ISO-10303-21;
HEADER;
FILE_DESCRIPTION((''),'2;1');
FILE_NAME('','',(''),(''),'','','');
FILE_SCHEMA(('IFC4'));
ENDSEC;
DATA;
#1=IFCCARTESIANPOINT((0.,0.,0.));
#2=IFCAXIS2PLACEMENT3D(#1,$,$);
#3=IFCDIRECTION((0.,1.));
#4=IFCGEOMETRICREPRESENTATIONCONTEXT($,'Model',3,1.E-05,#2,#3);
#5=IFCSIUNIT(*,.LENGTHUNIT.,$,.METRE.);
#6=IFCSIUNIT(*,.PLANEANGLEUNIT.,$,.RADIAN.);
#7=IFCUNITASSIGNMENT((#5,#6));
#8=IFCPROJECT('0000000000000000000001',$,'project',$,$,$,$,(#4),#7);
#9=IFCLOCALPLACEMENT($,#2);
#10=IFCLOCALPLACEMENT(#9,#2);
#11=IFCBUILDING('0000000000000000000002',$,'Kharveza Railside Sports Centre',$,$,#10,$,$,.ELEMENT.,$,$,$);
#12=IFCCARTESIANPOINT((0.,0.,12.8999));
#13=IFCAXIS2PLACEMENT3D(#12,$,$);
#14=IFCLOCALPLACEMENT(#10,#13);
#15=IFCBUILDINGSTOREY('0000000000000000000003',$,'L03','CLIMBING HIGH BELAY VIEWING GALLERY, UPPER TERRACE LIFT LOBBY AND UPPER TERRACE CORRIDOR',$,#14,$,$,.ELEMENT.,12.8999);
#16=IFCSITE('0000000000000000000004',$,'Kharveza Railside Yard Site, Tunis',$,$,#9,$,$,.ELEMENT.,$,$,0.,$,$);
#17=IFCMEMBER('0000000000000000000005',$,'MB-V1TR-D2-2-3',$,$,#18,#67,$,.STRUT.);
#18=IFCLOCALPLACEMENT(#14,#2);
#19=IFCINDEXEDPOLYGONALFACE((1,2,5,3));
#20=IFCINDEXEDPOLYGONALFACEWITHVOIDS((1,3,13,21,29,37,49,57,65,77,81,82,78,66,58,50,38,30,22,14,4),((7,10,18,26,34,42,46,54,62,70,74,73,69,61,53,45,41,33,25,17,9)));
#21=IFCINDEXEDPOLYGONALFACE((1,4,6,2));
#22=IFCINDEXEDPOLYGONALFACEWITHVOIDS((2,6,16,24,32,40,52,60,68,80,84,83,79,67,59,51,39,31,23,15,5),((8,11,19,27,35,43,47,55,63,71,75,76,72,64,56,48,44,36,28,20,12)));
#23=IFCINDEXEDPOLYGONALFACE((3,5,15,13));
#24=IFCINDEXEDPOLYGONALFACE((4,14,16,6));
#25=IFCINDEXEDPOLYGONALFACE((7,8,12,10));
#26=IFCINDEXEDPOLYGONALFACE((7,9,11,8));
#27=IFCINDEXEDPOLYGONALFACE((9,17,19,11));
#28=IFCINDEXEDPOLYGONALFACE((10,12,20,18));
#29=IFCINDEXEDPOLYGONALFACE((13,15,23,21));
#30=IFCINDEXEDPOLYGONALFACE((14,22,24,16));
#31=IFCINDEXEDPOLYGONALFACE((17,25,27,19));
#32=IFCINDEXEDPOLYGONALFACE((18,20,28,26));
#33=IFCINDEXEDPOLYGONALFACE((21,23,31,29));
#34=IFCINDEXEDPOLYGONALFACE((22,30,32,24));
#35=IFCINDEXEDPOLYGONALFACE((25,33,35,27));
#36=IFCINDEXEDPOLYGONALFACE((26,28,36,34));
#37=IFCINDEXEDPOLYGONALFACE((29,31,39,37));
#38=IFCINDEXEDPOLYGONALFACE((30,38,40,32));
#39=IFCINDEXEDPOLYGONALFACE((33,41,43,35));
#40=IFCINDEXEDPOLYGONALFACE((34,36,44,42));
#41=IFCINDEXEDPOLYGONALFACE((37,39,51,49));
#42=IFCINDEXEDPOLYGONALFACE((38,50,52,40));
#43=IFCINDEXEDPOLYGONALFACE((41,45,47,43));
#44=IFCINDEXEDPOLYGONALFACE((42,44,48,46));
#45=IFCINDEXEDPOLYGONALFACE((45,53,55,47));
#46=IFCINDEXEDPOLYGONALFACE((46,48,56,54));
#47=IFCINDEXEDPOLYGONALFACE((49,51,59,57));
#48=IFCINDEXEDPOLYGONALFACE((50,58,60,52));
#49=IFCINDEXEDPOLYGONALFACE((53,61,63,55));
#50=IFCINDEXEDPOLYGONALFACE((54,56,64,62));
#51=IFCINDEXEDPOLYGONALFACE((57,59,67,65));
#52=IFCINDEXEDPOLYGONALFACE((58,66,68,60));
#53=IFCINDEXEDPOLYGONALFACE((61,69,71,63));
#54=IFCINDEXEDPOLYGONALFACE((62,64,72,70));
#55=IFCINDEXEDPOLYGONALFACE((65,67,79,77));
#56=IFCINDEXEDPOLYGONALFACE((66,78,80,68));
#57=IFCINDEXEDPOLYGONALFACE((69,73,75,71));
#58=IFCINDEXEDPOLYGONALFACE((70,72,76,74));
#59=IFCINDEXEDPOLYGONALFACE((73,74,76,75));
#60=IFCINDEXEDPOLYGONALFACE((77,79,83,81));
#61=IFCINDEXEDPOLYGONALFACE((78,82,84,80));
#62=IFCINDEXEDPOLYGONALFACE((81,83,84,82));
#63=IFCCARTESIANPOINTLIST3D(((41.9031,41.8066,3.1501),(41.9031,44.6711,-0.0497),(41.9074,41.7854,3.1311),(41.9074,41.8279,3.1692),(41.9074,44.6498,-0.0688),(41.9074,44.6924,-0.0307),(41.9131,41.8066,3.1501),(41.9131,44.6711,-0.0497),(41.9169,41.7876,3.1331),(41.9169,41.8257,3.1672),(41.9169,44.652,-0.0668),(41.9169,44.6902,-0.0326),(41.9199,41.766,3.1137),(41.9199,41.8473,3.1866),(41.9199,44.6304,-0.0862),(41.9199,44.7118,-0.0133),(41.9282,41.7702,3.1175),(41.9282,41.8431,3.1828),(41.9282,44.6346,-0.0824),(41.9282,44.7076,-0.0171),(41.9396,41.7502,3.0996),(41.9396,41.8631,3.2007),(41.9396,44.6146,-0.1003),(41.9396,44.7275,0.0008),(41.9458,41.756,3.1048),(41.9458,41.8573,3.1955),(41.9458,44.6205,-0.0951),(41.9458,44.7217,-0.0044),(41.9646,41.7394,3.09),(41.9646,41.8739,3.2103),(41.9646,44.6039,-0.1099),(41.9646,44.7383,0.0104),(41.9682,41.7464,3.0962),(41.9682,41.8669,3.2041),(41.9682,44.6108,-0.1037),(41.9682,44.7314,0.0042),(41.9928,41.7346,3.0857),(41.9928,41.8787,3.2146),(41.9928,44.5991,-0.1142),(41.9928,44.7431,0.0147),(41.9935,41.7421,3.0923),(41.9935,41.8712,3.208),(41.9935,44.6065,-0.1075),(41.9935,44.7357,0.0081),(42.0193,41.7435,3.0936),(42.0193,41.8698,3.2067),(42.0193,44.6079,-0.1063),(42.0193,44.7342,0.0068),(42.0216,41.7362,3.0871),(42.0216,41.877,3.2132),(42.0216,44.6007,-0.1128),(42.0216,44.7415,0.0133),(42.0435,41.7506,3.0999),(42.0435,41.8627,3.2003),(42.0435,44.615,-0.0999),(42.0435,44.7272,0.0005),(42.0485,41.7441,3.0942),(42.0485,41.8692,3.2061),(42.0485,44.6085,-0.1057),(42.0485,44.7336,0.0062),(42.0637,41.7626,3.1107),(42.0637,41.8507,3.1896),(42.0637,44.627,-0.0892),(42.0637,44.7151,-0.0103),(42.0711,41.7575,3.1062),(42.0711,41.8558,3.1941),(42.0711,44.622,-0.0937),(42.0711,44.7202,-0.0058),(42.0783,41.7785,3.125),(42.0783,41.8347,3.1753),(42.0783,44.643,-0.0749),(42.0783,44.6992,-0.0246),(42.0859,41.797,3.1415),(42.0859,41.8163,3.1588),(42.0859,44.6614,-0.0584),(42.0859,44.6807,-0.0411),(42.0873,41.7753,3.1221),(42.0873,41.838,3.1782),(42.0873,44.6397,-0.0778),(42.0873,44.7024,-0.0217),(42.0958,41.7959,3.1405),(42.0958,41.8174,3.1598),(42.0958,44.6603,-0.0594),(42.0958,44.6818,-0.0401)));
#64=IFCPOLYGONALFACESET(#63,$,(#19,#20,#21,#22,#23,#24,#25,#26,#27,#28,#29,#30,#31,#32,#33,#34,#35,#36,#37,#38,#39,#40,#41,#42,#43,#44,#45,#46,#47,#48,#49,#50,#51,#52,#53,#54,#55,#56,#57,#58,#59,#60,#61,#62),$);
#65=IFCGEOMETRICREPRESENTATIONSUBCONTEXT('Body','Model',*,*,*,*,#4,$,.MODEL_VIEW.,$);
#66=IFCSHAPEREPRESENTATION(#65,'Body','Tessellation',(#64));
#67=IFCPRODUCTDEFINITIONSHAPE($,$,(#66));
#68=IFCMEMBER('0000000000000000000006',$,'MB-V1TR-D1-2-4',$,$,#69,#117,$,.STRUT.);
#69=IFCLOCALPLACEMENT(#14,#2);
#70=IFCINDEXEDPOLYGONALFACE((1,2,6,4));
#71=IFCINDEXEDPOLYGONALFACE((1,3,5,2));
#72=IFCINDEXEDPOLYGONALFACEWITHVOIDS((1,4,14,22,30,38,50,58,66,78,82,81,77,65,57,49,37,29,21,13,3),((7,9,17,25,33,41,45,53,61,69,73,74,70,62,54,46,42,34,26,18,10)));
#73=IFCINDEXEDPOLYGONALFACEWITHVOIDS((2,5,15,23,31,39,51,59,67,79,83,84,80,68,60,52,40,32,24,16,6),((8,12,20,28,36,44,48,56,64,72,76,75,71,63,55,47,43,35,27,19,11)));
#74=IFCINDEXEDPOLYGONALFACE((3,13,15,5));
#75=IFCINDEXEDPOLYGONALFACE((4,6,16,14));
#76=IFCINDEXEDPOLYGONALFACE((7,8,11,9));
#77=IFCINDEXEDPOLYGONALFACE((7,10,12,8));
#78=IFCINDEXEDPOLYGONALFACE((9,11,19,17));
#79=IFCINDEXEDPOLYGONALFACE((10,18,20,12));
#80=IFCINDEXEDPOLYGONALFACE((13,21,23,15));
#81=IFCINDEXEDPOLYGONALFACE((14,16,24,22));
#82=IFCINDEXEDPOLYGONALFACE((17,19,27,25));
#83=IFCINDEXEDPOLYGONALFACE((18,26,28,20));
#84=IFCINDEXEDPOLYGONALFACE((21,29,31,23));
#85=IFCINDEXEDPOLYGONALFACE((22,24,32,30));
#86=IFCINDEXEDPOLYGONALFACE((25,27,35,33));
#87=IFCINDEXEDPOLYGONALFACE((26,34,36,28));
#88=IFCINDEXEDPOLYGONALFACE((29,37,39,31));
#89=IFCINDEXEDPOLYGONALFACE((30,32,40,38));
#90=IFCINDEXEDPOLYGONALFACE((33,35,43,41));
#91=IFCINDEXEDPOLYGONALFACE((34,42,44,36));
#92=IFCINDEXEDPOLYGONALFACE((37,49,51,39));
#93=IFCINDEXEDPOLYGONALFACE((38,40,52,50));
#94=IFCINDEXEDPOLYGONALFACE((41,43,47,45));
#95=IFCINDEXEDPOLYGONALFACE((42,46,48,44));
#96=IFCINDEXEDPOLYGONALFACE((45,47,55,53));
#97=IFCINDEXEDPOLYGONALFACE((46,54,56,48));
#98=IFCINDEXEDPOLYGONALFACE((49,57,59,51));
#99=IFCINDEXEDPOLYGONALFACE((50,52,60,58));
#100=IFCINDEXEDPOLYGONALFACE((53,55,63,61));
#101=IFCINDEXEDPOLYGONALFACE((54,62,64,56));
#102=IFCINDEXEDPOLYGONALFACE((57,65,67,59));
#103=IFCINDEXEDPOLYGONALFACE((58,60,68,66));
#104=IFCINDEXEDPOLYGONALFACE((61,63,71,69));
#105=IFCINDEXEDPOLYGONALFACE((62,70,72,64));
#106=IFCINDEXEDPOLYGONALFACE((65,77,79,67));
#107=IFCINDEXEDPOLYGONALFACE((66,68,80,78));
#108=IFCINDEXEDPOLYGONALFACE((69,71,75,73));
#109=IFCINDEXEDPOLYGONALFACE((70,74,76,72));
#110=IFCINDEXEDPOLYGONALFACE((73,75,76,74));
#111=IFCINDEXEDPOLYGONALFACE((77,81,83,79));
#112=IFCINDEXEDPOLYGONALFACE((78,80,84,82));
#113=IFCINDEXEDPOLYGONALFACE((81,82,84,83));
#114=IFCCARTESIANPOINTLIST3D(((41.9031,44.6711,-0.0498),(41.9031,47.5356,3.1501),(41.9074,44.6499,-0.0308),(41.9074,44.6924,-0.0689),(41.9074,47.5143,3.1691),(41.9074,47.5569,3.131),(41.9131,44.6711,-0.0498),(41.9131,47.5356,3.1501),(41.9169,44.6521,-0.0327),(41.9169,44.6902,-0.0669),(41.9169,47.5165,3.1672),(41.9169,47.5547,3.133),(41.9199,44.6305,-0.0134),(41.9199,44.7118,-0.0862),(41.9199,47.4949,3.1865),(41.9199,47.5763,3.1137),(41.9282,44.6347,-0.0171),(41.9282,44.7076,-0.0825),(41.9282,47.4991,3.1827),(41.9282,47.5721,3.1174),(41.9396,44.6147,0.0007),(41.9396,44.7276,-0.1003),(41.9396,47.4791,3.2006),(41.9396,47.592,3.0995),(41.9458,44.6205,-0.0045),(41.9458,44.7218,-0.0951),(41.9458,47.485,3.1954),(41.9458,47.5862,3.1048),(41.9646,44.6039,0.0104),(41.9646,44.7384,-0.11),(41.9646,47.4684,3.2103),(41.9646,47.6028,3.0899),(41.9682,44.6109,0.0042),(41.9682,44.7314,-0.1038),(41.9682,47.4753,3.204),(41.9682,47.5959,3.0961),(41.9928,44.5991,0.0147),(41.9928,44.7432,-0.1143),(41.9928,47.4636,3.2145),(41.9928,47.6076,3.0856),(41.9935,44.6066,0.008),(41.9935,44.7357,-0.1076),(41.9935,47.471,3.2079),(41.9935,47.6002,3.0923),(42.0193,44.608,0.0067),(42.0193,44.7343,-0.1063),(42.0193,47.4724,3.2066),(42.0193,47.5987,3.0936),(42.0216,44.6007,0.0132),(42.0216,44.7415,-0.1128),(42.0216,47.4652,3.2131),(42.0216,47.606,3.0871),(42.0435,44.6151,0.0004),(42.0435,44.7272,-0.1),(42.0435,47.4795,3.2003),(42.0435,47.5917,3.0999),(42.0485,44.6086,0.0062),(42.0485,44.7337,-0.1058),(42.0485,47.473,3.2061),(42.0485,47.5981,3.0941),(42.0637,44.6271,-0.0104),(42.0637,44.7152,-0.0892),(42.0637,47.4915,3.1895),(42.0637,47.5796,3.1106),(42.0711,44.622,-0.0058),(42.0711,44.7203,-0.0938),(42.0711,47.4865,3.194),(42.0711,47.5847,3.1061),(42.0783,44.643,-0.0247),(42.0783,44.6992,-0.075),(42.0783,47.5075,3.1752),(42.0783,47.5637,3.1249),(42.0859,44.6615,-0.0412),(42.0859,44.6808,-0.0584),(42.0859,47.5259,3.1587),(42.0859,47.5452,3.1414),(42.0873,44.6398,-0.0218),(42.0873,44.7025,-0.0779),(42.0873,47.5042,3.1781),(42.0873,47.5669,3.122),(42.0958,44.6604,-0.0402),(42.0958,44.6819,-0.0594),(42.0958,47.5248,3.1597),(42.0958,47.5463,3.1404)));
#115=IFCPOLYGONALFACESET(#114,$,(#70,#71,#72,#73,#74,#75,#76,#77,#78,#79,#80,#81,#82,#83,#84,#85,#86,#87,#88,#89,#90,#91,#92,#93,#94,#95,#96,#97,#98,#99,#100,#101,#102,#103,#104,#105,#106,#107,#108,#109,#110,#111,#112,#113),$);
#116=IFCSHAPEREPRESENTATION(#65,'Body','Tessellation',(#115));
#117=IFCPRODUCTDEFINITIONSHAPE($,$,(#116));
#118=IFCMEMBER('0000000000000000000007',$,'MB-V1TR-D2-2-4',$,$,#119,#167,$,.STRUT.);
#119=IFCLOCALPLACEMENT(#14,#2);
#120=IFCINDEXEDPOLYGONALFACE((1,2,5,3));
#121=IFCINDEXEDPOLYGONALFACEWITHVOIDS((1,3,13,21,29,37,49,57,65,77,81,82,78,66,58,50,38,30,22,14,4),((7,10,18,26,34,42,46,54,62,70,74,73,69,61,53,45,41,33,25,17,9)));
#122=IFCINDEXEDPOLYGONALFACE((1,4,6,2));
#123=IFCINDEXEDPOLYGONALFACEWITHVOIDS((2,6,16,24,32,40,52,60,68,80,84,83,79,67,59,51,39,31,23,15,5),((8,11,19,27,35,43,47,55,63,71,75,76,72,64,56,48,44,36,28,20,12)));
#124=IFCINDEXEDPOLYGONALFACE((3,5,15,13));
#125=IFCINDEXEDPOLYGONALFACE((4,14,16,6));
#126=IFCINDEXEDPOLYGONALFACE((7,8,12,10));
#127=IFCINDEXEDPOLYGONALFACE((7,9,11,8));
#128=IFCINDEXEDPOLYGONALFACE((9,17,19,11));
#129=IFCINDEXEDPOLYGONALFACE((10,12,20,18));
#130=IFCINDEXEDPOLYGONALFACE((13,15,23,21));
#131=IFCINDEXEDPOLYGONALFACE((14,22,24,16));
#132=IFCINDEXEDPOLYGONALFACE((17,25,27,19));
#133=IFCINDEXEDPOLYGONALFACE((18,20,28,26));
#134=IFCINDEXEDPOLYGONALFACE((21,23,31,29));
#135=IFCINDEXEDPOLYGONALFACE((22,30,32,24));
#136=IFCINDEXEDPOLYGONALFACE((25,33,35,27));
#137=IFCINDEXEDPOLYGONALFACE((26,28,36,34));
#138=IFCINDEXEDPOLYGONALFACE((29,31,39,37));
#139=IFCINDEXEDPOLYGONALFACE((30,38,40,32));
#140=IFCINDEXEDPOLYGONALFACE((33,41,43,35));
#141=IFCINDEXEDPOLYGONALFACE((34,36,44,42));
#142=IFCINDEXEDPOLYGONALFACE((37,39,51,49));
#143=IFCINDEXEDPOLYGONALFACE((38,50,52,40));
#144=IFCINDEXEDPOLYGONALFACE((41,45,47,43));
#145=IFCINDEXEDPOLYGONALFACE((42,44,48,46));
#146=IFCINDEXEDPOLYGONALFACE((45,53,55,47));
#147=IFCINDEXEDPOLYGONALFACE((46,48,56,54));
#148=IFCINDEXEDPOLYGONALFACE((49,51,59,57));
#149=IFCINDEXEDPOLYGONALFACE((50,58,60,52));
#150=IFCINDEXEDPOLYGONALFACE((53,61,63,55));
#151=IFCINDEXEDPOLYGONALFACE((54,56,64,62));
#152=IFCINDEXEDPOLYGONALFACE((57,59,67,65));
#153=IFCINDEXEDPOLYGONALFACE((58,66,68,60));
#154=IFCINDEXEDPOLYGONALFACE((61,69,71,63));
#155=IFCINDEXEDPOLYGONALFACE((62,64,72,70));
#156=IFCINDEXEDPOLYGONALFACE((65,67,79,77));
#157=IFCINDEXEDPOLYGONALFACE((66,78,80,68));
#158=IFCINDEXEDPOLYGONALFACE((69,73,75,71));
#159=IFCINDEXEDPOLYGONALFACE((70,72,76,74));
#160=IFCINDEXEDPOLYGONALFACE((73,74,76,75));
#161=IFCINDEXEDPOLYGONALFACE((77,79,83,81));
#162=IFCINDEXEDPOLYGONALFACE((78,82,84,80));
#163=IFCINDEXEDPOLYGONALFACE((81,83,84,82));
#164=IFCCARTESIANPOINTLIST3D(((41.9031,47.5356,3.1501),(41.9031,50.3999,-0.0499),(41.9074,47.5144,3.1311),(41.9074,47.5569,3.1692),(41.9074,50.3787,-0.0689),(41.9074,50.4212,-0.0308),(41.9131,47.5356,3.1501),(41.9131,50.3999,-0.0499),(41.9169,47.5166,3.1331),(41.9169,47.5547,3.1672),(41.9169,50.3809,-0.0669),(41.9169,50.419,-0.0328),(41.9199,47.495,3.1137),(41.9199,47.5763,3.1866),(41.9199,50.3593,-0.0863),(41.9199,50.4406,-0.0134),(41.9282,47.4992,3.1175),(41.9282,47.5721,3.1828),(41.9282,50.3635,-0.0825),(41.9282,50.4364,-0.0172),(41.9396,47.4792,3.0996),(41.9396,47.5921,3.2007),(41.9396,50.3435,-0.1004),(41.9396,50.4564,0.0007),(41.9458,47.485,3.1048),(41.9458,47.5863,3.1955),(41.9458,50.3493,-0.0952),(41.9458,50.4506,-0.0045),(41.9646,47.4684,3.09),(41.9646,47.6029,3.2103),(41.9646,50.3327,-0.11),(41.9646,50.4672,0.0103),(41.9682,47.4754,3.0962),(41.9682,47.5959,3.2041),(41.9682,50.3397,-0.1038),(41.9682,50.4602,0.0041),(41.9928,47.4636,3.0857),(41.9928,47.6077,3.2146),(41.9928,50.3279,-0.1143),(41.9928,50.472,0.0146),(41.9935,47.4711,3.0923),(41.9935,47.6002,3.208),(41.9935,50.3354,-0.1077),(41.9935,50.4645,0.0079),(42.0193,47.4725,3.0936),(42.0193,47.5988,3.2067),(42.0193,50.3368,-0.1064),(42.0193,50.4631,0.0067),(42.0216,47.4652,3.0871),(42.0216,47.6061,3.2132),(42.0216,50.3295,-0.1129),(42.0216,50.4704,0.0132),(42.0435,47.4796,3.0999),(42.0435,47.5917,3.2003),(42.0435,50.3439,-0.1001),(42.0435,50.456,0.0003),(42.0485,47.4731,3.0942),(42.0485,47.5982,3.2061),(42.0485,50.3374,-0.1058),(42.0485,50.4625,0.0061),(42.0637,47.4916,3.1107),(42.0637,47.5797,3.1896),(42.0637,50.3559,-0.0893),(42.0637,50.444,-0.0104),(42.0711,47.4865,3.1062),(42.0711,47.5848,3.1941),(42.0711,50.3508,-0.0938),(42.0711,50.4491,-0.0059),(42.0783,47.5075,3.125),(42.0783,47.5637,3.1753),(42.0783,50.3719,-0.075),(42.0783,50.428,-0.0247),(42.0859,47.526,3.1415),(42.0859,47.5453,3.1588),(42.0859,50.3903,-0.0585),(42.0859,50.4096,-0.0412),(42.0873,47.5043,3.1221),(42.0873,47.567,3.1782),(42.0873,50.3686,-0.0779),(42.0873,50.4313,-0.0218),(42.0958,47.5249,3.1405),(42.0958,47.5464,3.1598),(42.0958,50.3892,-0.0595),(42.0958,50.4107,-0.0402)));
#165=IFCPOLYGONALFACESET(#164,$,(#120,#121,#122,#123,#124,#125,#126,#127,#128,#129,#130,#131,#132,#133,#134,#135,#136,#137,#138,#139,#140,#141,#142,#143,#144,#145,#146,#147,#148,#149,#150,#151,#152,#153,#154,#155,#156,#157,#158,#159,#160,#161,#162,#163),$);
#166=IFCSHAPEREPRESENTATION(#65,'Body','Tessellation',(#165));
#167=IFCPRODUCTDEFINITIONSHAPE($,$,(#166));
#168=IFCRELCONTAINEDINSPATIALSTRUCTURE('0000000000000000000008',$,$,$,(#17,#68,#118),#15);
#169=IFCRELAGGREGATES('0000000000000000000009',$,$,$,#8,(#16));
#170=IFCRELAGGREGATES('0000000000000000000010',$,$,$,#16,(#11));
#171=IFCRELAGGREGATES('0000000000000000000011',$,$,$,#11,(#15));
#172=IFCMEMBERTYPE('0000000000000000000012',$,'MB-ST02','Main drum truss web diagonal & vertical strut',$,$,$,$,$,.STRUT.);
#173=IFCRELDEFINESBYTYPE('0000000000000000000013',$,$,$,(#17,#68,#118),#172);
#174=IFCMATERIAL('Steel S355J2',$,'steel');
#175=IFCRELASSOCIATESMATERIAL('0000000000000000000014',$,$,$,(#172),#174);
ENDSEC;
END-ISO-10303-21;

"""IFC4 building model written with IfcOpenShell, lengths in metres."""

from ifc_helpers import new_model, si_unit, direction, frame, origin, origin_2d, place, context, subcontext, project, spatial, hollow_circle, extrude, material, material_profile, profile_set, type_object, element, save


model = new_model("IFC4")

# Units and contexts
model_context = context("Model", 3, precision=1e-05, world=origin(), true_north=direction((0.0, 1.0)))
body_context = subcontext(model_context, "Body", "Model", "MODEL_VIEW")
ifc_project = project(units=[si_unit("LENGTHUNIT", "METRE"), si_unit("PLANEANGLEUNIT", "RADIAN")], contexts=[model_context])

# Site, building, storey
site_placement = place(None, origin())
site = spatial("IfcSite", under=ifc_project, at=site_placement, Name="Kharveza Railside Yard Site, Tunis", CompositionType="ELEMENT", RefElevation=0.0)
building_placement = place(site_placement, origin())
building = spatial("IfcBuilding", under=site, at=building_placement, Name="Kharveza Railside Sports Centre", CompositionType="ELEMENT")
storey_placement = place(building_placement, frame((0.0, 0.0, 12.8999)))
storey = spatial("IfcBuildingStorey", under=building, at=storey_placement, Name="L03", Description="CLIMBING HIGH BELAY VIEWING GALLERY, UPPER TERRACE LIFT LOBBY AND UPPER TERRACE CORRIDOR", CompositionType="ELEMENT", Elevation=12.8999)

# Members
ifc_material = material(Name="Steel S355J2", Category="steel")
ifc_material_profile_1 = material_profile(ifc_material, hollow_circle(Radius=0.0969, WallThickness=0.01, at=origin_2d()), Name="CHS 193.7x10.0")
ifc_profile_set_1 = profile_set([ifc_material_profile_1], Name="Steel S355J2")
member_type_1 = type_object("IfcMemberType", Name="MB-ST02", Description="Main drum truss web diagonal & vertical strut", PredefinedType="STRUT", material=ifc_profile_set_1)
for number, where, z_axis, x_axis, name in (
    (1, (42.0, 41.8066, 3.1501), (0.0, 0.666974, -0.745081), (-1.0, 0.0, 0.0), "MB-V1TR-D2-2-3"),
    (2, (42.0, 44.6711, -0.0498), (0.0, 0.666974, 0.745081), (-1.0, 0.0, 0.0), "MB-V1TR-D1-2-4"),
    (3, (42.0, 47.5356, 3.1501), (0.0, 0.666943, -0.745109), (-1.0, 0.0, 0.0), "MB-V1TR-D2-2-4"),
):
    element("IfcMember", number, at=place(storey_placement, frame(where, z_axis=z_axis, x_axis=x_axis)), inside=storey, type_object=member_type_1, Name=name, PredefinedType="STRUT", context=body_context, shape_type="SweptSolid", body=[
        extrude(hollow_circle(Radius=0.0969, WallThickness=0.01, at=origin_2d()), origin(), (0.0, 0.0, 1.0), 4.2947),
    ])

save(model, "model.ifc")
